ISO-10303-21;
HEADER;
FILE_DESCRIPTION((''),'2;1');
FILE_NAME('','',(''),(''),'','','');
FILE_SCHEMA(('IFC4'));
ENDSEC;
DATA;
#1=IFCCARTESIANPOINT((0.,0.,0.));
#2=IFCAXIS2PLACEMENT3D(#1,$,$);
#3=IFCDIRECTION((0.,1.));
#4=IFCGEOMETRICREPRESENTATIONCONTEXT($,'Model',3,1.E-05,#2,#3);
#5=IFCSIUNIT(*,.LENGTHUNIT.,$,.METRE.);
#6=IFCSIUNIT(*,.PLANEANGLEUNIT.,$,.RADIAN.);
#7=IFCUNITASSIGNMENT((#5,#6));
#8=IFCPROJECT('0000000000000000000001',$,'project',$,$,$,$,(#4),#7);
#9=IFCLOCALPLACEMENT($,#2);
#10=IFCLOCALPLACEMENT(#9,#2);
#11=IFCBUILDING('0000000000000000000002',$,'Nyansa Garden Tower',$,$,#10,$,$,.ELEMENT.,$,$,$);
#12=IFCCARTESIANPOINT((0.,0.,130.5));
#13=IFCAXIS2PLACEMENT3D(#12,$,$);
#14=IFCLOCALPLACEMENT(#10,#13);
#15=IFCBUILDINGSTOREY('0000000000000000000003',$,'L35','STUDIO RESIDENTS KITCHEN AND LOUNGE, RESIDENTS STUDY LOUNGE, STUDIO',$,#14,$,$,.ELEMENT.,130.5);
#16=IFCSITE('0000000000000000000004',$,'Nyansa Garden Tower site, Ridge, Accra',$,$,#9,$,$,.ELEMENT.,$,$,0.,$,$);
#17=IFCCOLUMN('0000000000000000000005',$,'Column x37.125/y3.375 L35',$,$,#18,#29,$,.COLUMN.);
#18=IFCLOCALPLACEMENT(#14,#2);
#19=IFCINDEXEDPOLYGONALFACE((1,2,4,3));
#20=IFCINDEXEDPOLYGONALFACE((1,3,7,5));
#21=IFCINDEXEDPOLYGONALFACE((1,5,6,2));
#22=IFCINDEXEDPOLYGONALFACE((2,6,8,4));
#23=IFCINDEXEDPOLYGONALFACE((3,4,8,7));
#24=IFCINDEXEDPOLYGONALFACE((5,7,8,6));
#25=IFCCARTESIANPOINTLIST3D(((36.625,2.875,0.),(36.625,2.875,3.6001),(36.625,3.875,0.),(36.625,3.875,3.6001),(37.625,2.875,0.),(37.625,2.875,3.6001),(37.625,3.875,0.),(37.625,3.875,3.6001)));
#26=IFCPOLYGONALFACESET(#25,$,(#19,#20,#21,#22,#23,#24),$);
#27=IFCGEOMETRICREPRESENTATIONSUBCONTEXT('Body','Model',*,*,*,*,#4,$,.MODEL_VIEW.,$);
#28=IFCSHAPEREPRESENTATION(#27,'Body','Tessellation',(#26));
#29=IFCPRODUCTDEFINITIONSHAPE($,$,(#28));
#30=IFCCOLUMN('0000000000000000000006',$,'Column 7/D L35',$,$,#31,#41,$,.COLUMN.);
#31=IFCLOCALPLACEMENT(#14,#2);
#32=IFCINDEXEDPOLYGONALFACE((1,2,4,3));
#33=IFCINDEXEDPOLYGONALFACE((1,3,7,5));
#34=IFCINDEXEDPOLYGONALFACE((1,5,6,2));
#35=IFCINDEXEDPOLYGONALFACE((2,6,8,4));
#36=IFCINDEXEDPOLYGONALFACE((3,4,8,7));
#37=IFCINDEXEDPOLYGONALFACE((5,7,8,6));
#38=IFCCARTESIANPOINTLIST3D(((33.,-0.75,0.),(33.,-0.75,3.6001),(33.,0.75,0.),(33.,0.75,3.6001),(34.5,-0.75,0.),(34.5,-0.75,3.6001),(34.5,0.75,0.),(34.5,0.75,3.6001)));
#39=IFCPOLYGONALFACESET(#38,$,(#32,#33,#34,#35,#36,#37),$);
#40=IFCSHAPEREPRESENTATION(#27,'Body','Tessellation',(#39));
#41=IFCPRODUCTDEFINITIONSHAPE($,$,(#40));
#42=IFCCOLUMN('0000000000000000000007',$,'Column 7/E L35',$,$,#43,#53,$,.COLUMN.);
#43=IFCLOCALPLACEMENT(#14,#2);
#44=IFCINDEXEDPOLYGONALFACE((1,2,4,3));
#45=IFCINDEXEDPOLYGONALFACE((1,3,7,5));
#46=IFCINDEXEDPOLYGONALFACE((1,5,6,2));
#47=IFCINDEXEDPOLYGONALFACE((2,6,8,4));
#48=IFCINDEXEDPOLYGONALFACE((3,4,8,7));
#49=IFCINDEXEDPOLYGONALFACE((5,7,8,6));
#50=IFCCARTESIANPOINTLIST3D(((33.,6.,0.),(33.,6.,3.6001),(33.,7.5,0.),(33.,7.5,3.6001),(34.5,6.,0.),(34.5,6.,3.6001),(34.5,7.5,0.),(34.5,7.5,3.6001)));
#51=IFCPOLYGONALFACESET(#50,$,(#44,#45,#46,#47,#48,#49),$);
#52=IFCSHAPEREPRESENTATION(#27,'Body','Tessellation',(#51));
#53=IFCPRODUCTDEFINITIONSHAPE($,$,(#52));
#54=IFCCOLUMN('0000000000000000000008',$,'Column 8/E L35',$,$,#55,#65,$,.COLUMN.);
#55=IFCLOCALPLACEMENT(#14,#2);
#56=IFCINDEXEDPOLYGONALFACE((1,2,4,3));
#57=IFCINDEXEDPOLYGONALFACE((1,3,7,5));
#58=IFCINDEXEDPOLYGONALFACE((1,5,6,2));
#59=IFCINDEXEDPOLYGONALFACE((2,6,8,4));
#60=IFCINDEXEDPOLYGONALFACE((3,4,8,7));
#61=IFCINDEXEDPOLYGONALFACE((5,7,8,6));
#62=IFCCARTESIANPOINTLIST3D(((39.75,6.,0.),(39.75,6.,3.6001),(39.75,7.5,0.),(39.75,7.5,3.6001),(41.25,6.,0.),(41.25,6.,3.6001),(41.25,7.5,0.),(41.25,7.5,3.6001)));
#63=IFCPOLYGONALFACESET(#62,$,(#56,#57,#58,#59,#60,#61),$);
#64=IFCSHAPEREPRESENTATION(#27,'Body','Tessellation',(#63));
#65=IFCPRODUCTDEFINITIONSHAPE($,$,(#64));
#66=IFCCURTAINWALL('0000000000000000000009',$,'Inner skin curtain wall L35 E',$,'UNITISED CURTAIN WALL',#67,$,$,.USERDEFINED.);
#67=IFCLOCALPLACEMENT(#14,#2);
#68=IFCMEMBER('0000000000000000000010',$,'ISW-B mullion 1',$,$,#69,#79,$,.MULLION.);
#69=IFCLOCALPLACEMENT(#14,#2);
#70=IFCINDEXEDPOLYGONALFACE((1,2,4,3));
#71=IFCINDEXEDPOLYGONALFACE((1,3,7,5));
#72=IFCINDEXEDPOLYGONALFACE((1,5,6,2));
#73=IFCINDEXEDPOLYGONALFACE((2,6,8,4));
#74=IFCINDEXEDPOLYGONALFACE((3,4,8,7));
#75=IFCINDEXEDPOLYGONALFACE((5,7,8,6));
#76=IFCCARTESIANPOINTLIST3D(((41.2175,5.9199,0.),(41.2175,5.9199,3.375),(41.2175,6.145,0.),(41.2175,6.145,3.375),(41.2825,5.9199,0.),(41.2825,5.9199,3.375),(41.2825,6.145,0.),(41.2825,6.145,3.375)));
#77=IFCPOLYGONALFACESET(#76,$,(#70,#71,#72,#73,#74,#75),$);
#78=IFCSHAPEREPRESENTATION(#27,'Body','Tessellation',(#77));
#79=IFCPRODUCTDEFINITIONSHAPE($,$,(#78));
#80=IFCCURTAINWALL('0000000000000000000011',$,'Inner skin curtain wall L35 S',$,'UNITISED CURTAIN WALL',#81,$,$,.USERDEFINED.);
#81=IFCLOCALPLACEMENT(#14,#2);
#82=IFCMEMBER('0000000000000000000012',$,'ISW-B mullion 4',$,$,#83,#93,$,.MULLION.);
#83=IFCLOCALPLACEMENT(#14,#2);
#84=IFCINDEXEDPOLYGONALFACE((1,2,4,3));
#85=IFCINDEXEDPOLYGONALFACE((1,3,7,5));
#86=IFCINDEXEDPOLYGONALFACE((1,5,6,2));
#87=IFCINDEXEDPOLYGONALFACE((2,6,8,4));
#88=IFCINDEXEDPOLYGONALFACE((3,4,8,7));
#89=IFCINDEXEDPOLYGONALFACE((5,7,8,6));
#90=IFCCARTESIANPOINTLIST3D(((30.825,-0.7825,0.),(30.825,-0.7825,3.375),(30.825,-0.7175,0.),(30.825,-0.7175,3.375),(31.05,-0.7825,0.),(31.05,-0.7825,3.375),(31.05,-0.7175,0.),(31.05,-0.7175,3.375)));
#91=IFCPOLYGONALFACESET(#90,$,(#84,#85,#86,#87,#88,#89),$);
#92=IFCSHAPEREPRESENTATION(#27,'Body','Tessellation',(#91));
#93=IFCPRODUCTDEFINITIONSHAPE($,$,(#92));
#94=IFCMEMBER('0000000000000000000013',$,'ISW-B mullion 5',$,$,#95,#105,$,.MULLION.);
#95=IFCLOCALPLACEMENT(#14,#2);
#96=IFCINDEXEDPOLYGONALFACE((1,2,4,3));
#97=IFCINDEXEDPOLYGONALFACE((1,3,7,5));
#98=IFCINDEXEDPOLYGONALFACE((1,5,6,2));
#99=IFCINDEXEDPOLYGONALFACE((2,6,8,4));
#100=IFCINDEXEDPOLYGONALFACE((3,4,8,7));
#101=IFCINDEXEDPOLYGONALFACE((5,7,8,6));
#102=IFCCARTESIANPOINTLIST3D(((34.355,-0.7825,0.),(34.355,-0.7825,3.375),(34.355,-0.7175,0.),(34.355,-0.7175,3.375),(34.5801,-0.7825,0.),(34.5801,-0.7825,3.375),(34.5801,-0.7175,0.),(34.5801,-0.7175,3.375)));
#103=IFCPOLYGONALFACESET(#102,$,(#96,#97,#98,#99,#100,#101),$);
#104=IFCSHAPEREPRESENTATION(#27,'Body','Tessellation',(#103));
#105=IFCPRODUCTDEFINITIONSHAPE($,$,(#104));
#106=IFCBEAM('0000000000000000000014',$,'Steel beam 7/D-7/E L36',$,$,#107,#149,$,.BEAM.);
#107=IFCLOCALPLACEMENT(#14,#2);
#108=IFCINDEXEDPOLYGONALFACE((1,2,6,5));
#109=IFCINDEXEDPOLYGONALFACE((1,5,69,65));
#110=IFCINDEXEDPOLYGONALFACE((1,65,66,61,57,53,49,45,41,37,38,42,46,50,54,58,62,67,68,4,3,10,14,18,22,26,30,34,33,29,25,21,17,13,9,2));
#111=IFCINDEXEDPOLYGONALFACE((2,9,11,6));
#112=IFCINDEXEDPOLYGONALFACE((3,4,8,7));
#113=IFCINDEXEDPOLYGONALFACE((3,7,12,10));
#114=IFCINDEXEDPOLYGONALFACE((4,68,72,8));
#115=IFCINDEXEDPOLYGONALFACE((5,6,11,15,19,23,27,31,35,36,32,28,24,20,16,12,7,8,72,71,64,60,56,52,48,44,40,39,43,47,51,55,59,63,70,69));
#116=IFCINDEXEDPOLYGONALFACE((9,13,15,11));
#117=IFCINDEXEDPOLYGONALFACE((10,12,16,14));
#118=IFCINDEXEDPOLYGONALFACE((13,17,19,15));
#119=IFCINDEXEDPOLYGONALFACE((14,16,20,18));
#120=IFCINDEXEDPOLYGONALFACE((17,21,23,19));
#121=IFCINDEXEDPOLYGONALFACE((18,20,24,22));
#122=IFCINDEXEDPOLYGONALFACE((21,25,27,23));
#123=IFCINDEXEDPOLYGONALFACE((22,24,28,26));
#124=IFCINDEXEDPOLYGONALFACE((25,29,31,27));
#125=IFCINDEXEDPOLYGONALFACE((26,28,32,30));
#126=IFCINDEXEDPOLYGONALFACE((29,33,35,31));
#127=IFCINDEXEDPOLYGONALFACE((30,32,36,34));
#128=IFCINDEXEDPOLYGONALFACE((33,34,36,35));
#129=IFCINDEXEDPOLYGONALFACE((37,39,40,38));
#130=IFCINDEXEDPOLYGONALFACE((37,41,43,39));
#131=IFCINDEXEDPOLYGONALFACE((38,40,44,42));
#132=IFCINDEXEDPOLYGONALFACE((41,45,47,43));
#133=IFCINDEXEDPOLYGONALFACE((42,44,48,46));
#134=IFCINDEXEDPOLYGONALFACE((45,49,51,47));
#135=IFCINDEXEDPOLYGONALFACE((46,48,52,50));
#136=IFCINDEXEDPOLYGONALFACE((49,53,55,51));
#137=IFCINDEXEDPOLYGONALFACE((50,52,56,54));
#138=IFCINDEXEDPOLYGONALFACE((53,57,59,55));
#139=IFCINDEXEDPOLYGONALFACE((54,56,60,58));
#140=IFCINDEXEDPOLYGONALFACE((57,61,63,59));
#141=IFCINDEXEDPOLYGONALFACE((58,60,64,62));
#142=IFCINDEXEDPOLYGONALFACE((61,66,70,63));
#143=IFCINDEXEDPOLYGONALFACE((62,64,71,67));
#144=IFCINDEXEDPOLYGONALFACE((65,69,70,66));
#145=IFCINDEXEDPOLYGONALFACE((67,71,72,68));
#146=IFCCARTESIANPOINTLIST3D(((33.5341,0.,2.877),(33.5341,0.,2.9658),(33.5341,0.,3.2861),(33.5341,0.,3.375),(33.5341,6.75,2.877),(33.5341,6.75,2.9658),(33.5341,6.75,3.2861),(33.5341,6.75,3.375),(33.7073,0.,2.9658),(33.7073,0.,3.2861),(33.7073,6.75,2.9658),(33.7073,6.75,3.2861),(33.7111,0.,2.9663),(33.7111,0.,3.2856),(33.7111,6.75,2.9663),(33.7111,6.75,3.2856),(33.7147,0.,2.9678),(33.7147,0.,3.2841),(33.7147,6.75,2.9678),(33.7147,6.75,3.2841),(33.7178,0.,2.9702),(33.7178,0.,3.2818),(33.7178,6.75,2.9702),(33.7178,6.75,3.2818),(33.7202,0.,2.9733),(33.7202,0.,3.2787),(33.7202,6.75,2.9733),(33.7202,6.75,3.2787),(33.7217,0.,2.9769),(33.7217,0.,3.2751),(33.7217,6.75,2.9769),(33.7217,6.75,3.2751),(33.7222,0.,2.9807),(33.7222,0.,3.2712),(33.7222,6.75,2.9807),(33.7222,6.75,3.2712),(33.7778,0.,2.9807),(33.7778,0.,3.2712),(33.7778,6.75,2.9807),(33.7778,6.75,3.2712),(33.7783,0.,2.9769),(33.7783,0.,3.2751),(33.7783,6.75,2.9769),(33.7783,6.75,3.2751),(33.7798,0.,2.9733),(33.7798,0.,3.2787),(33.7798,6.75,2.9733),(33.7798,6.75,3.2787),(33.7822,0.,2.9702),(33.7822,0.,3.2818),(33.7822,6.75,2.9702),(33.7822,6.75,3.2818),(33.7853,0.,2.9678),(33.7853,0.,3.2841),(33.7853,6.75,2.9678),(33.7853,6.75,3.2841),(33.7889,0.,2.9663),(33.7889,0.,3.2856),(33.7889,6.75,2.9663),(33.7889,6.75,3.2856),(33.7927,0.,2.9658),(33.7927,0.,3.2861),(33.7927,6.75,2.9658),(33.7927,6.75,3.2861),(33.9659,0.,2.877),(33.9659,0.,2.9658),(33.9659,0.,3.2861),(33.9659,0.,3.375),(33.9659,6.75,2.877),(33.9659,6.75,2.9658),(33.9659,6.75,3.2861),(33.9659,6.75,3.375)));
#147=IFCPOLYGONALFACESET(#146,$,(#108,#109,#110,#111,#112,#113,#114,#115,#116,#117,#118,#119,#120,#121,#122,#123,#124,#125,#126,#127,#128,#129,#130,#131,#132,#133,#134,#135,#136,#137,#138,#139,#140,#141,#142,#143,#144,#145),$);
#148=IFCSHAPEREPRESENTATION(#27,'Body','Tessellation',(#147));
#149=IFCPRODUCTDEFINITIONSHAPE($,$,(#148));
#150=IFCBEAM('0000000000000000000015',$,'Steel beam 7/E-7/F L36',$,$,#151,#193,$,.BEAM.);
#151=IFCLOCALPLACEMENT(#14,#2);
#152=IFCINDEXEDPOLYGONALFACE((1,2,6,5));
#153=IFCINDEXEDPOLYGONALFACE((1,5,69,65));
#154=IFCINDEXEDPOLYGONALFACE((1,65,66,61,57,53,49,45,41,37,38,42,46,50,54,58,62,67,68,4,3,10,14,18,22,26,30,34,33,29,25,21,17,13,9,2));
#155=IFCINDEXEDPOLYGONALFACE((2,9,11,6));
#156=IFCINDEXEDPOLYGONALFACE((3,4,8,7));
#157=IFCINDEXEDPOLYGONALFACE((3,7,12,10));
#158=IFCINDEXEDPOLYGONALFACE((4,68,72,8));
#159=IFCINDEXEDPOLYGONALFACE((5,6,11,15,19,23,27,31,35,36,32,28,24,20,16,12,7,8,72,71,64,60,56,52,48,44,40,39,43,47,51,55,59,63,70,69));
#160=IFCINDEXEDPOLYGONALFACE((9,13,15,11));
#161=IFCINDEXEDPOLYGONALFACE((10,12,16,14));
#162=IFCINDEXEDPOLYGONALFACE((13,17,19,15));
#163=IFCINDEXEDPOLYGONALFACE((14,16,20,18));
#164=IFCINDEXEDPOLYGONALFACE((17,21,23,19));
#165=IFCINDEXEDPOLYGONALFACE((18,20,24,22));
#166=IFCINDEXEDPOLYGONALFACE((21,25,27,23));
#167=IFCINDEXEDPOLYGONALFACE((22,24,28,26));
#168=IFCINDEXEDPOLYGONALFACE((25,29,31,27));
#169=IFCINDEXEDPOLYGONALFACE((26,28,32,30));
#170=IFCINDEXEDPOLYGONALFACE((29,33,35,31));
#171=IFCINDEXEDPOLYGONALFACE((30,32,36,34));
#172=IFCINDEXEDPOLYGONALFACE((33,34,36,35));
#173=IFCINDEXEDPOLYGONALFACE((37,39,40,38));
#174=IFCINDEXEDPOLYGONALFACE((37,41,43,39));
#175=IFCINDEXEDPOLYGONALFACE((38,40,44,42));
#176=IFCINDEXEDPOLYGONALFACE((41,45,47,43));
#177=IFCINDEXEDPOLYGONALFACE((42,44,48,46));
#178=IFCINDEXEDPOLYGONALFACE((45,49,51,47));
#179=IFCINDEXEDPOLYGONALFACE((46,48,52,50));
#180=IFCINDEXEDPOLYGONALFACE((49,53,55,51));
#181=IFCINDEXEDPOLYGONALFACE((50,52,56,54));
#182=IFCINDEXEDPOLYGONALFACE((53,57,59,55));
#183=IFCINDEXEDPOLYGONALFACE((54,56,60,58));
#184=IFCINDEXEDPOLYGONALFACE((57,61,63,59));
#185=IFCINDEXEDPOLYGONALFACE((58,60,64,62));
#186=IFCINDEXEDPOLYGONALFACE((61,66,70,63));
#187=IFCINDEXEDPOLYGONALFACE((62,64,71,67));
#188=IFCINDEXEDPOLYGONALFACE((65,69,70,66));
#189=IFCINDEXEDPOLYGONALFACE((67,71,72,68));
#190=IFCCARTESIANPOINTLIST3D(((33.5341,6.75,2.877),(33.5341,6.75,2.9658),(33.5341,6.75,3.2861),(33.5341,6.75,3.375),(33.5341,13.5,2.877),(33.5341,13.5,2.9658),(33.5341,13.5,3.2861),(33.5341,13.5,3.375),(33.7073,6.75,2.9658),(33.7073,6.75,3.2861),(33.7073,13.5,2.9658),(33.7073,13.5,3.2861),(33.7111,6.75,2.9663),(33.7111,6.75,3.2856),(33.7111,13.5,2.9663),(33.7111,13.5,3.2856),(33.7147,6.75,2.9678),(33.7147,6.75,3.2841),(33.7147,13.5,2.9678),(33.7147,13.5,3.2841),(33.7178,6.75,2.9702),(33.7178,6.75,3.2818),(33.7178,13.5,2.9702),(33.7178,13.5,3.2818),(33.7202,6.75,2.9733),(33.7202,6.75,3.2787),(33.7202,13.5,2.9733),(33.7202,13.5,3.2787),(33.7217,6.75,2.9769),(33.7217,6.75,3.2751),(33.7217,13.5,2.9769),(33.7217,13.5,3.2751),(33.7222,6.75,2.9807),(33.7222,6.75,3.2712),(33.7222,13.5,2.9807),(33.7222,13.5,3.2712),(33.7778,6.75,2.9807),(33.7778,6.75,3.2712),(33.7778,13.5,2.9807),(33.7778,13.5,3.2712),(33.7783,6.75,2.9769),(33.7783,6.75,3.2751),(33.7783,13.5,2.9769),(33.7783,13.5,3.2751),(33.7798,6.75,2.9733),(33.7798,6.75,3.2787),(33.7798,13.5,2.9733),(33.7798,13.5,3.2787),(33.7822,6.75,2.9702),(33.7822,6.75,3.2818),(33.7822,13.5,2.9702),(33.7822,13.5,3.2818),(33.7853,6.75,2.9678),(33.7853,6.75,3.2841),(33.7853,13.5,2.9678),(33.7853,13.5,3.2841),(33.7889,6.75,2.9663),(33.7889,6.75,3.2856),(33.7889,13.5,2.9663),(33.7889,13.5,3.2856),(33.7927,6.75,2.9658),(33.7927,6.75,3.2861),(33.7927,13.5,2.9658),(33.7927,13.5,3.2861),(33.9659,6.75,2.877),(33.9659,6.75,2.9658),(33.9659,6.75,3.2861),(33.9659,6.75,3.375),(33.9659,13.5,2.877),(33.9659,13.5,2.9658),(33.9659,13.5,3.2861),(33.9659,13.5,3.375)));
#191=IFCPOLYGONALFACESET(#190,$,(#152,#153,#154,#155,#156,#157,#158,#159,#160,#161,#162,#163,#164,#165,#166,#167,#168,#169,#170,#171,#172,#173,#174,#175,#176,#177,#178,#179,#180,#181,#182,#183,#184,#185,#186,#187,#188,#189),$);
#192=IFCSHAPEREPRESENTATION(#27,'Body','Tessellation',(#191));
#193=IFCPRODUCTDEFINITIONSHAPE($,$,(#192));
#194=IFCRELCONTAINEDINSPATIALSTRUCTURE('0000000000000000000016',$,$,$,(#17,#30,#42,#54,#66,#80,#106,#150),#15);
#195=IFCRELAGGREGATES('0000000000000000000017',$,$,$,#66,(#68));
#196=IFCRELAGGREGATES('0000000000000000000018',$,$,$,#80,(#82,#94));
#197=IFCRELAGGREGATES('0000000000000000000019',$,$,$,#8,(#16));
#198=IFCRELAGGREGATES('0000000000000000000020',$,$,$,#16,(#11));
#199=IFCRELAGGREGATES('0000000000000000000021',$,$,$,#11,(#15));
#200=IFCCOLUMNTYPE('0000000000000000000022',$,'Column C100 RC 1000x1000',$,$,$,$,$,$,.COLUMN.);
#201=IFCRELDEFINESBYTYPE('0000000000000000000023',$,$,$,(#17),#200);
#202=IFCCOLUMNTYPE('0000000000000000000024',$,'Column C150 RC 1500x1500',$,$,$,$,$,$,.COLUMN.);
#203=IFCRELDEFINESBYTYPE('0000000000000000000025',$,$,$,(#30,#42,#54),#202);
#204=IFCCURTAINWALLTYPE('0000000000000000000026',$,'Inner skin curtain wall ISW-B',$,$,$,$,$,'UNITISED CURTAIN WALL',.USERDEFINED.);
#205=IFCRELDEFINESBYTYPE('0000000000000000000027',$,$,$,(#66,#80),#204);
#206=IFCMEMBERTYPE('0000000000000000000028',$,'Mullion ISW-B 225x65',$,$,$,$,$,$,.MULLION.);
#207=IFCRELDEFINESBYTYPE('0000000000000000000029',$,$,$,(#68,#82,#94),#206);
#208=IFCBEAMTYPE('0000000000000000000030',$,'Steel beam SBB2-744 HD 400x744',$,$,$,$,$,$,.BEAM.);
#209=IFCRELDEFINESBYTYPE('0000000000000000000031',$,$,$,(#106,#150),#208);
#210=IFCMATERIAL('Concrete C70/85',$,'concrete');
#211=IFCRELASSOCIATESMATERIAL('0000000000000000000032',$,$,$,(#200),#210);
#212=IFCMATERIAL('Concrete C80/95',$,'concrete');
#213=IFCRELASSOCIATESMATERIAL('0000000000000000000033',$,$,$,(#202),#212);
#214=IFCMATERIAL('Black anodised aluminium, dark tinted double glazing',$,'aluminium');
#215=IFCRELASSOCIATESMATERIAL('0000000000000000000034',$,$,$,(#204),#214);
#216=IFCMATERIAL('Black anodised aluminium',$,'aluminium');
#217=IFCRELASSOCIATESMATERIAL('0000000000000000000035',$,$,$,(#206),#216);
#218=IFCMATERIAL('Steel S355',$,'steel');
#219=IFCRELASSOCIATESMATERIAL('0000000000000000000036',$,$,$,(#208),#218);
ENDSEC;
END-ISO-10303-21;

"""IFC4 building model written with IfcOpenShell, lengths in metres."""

from ifc_helpers import new_model, si_unit, direction, frame, origin, origin_2d, place, context, subcontext, project, spatial, rectangle, i_section, extrude, material, material_profile, profile_set, type_object, element, aggregate, save


model = new_model("IFC4")

# Units and contexts
model_context = context("Model", 3, precision=1e-05, world=origin(), true_north=direction((0.0, 1.0)))
body_context = subcontext(model_context, "Body", "Model", "MODEL_VIEW")
ifc_project = project(units=[si_unit("LENGTHUNIT", "METRE"), si_unit("PLANEANGLEUNIT", "RADIAN")], contexts=[model_context])

# Site, building, storey
site_placement = place(None, origin())
site = spatial("IfcSite", under=ifc_project, at=site_placement, Name="Nyansa Garden Tower site, Ridge, Accra", CompositionType="ELEMENT", RefElevation=0.0)
building_placement = place(site_placement, origin())
building = spatial("IfcBuilding", under=site, at=building_placement, Name="Nyansa Garden Tower", CompositionType="ELEMENT")
storey_placement = place(building_placement, frame((0.0, 0.0, 130.5)))
storey = spatial("IfcBuildingStorey", under=building, at=storey_placement, Name="L35", Description="STUDIO RESIDENTS KITCHEN AND LOUNGE, RESIDENTS STUDY LOUNGE, STUDIO", CompositionType="ELEMENT", Elevation=130.5)

# Columns
ifc_material_1 = material(Name="Concrete C70/85", Category="concrete")
ifc_material_profile_1 = material_profile(ifc_material_1, rectangle(XDim=1.0, YDim=1.0, at=origin_2d()), Name="RC 1000x1000")
ifc_profile_set_1 = profile_set([ifc_material_profile_1], Name="Concrete C70/85")
column_type_1 = type_object("IfcColumnType", Name="Column C100 RC 1000x1000", PredefinedType="COLUMN", material=ifc_profile_set_1)
column_placement = place(storey_placement, frame((37.125, 3.375, 0.0), z_axis=(0.0, 0.0, 1.0), x_axis=(1.0, 0.0, 0.0)))
element("IfcColumn", 1, at=column_placement, inside=storey, type_object=column_type_1, Name="Column x37.125/y3.375 L35", PredefinedType="COLUMN", context=body_context, shape_type="SweptSolid", body=[
    extrude(rectangle(XDim=1.0, YDim=1.0, at=origin_2d()), origin(), (0.0, 0.0, 1.0), 3.6001),
])
ifc_material_2 = material(Name="Concrete C80/95", Category="concrete")
ifc_material_profile_2 = material_profile(ifc_material_2, rectangle(XDim=1.5, YDim=1.5, at=origin_2d()), Name="RC 1500x1500")
ifc_profile_set_2 = profile_set([ifc_material_profile_2], Name="Concrete C80/95")
column_type_2 = type_object("IfcColumnType", Name="Column C150 RC 1500x1500", PredefinedType="COLUMN", material=ifc_profile_set_2)
for number, where, z_axis, x_axis, name in (
    (2, (33.75, 0.0, 0.0), (0.0, 0.0, 1.0), (1.0, 0.0, 0.0), "Column 7/D L35"),
    (3, (33.75, 6.75, 0.0), (0.0, 0.0, 1.0), (1.0, 0.0, 0.0), "Column 7/E L35"),
    (4, (40.5, 6.75, 0.0), (0.0, 0.0, 1.0), (1.0, 0.0, 0.0), "Column 8/E L35"),
):
    element("IfcColumn", number, at=place(storey_placement, frame(where, z_axis=z_axis, x_axis=x_axis)), inside=storey, type_object=column_type_2, Name=name, PredefinedType="COLUMN", context=body_context, shape_type="SweptSolid", body=[
        extrude(rectangle(XDim=1.5, YDim=1.5, at=origin_2d()), origin(), (0.0, 0.0, 1.0), 3.6001),
    ])

# Curtain wall, member
ifc_material_3 = material(Name="Black anodised aluminium, dark tinted double glazing", Category="aluminium")
curtain_wall_type = type_object("IfcCurtainWallType", Name="Inner skin curtain wall ISW-B", ElementType="UNITISED CURTAIN WALL", PredefinedType="USERDEFINED", material=ifc_material_3)
curtain_wall_1_placement = place(storey_placement, origin())
curtain_wall_1 = element("IfcCurtainWall", 5, at=curtain_wall_1_placement, inside=storey, type_object=curtain_wall_type, Name="Inner skin curtain wall L35 E", ObjectType="UNITISED CURTAIN WALL", PredefinedType="USERDEFINED")
ifc_material_4 = material(Name="Black anodised aluminium", Category="aluminium")
ifc_material_profile_3 = material_profile(ifc_material_4, rectangle(XDim=0.0649, YDim=0.2251, at=origin_2d()), Name="Mullion 225x65")
ifc_profile_set_3 = profile_set([ifc_material_profile_3], Name="Black anodised aluminium")
member_type_1 = type_object("IfcMemberType", Name="Mullion ISW-B 225x65", PredefinedType="MULLION", material=ifc_profile_set_3)
member_1_placement = place(storey_placement, frame((41.25, 6.0325, 0.0), z_axis=(0.0, 0.0, 1.0), x_axis=(-1.0, 0.0, 0.0)))
member_1 = element("IfcMember", 6, at=member_1_placement, type_object=member_type_1, Name="ISW-B mullion 1", PredefinedType="MULLION", context=body_context, shape_type="SweptSolid", body=[
    extrude(rectangle(XDim=0.0649, YDim=0.2251, at=origin_2d()), origin(), (0.0, 0.0, 1.0), 3.375),
])

# Curtain wall, members
curtain_wall_2_placement = place(storey_placement, origin())
curtain_wall_2 = element("IfcCurtainWall", 7, at=curtain_wall_2_placement, inside=storey, type_object=curtain_wall_type, Name="Inner skin curtain wall L35 S", ObjectType="UNITISED CURTAIN WALL", PredefinedType="USERDEFINED")
member_2_placement = place(storey_placement, frame((30.9375, -0.75, 0.0), z_axis=(0.0, 0.0, 1.0), x_axis=(0.0, 1.0, 0.0)))
member_2 = element("IfcMember", 8, at=member_2_placement, type_object=member_type_1, Name="ISW-B mullion 4", PredefinedType="MULLION", context=body_context, shape_type="SweptSolid", body=[
    extrude(rectangle(XDim=0.0649, YDim=0.2251, at=origin_2d()), origin(), (0.0, 0.0, 1.0), 3.375),
])
member_3_placement = place(storey_placement, frame((34.4675, -0.75, 0.0), z_axis=(0.0, 0.0, 1.0), x_axis=(0.0, 1.0, 0.0)))
member_3 = element("IfcMember", 9, at=member_3_placement, type_object=member_type_1, Name="ISW-B mullion 5", PredefinedType="MULLION", context=body_context, shape_type="SweptSolid", body=[
    extrude(rectangle(XDim=0.0649, YDim=0.2251, at=origin_2d()), origin(), (0.0, 0.0, 1.0), 3.375),
])

# Beams
ifc_material_5 = material(Name="Steel S355", Category="steel")
ifc_material_profile_4 = material_profile(ifc_material_5, i_section(OverallWidth=0.4319, OverallDepth=0.498, WebThickness=0.0557, FlangeThickness=0.0889, FilletRadius=0.0149, at=origin_2d()), Name="HD 400x744")
ifc_profile_set_4 = profile_set([ifc_material_profile_4], Name="Steel S355")
beam_type_1 = type_object("IfcBeamType", Name="Steel beam SBB2-744 HD 400x744", PredefinedType="BEAM", material=ifc_profile_set_4)
for number, where, z_axis, x_axis, name in (
    (10, (33.75, 0.0, 3.126), (0.0, 1.0, 0.0), (-1.0, 0.0, 0.0), "Steel beam 7/D-7/E L36"),
    (11, (33.75, 6.75, 3.126), (0.0, 1.0, 0.0), (-1.0, 0.0, 0.0), "Steel beam 7/E-7/F L36"),
):
    element("IfcBeam", number, at=place(storey_placement, frame(where, z_axis=z_axis, x_axis=x_axis)), inside=storey, type_object=beam_type_1, Name=name, PredefinedType="BEAM", context=body_context, shape_type="SweptSolid", body=[
        extrude(i_section(OverallWidth=0.4319, OverallDepth=0.498, WebThickness=0.0557, FlangeThickness=0.0889, FilletRadius=0.0149, at=origin_2d()), origin(), (0.0, 0.0, 1.0), 6.75),
    ])

aggregate(curtain_wall_1, [member_1])

aggregate(curtain_wall_2, [member_2, member_3])

save(model, "model.ifc")
